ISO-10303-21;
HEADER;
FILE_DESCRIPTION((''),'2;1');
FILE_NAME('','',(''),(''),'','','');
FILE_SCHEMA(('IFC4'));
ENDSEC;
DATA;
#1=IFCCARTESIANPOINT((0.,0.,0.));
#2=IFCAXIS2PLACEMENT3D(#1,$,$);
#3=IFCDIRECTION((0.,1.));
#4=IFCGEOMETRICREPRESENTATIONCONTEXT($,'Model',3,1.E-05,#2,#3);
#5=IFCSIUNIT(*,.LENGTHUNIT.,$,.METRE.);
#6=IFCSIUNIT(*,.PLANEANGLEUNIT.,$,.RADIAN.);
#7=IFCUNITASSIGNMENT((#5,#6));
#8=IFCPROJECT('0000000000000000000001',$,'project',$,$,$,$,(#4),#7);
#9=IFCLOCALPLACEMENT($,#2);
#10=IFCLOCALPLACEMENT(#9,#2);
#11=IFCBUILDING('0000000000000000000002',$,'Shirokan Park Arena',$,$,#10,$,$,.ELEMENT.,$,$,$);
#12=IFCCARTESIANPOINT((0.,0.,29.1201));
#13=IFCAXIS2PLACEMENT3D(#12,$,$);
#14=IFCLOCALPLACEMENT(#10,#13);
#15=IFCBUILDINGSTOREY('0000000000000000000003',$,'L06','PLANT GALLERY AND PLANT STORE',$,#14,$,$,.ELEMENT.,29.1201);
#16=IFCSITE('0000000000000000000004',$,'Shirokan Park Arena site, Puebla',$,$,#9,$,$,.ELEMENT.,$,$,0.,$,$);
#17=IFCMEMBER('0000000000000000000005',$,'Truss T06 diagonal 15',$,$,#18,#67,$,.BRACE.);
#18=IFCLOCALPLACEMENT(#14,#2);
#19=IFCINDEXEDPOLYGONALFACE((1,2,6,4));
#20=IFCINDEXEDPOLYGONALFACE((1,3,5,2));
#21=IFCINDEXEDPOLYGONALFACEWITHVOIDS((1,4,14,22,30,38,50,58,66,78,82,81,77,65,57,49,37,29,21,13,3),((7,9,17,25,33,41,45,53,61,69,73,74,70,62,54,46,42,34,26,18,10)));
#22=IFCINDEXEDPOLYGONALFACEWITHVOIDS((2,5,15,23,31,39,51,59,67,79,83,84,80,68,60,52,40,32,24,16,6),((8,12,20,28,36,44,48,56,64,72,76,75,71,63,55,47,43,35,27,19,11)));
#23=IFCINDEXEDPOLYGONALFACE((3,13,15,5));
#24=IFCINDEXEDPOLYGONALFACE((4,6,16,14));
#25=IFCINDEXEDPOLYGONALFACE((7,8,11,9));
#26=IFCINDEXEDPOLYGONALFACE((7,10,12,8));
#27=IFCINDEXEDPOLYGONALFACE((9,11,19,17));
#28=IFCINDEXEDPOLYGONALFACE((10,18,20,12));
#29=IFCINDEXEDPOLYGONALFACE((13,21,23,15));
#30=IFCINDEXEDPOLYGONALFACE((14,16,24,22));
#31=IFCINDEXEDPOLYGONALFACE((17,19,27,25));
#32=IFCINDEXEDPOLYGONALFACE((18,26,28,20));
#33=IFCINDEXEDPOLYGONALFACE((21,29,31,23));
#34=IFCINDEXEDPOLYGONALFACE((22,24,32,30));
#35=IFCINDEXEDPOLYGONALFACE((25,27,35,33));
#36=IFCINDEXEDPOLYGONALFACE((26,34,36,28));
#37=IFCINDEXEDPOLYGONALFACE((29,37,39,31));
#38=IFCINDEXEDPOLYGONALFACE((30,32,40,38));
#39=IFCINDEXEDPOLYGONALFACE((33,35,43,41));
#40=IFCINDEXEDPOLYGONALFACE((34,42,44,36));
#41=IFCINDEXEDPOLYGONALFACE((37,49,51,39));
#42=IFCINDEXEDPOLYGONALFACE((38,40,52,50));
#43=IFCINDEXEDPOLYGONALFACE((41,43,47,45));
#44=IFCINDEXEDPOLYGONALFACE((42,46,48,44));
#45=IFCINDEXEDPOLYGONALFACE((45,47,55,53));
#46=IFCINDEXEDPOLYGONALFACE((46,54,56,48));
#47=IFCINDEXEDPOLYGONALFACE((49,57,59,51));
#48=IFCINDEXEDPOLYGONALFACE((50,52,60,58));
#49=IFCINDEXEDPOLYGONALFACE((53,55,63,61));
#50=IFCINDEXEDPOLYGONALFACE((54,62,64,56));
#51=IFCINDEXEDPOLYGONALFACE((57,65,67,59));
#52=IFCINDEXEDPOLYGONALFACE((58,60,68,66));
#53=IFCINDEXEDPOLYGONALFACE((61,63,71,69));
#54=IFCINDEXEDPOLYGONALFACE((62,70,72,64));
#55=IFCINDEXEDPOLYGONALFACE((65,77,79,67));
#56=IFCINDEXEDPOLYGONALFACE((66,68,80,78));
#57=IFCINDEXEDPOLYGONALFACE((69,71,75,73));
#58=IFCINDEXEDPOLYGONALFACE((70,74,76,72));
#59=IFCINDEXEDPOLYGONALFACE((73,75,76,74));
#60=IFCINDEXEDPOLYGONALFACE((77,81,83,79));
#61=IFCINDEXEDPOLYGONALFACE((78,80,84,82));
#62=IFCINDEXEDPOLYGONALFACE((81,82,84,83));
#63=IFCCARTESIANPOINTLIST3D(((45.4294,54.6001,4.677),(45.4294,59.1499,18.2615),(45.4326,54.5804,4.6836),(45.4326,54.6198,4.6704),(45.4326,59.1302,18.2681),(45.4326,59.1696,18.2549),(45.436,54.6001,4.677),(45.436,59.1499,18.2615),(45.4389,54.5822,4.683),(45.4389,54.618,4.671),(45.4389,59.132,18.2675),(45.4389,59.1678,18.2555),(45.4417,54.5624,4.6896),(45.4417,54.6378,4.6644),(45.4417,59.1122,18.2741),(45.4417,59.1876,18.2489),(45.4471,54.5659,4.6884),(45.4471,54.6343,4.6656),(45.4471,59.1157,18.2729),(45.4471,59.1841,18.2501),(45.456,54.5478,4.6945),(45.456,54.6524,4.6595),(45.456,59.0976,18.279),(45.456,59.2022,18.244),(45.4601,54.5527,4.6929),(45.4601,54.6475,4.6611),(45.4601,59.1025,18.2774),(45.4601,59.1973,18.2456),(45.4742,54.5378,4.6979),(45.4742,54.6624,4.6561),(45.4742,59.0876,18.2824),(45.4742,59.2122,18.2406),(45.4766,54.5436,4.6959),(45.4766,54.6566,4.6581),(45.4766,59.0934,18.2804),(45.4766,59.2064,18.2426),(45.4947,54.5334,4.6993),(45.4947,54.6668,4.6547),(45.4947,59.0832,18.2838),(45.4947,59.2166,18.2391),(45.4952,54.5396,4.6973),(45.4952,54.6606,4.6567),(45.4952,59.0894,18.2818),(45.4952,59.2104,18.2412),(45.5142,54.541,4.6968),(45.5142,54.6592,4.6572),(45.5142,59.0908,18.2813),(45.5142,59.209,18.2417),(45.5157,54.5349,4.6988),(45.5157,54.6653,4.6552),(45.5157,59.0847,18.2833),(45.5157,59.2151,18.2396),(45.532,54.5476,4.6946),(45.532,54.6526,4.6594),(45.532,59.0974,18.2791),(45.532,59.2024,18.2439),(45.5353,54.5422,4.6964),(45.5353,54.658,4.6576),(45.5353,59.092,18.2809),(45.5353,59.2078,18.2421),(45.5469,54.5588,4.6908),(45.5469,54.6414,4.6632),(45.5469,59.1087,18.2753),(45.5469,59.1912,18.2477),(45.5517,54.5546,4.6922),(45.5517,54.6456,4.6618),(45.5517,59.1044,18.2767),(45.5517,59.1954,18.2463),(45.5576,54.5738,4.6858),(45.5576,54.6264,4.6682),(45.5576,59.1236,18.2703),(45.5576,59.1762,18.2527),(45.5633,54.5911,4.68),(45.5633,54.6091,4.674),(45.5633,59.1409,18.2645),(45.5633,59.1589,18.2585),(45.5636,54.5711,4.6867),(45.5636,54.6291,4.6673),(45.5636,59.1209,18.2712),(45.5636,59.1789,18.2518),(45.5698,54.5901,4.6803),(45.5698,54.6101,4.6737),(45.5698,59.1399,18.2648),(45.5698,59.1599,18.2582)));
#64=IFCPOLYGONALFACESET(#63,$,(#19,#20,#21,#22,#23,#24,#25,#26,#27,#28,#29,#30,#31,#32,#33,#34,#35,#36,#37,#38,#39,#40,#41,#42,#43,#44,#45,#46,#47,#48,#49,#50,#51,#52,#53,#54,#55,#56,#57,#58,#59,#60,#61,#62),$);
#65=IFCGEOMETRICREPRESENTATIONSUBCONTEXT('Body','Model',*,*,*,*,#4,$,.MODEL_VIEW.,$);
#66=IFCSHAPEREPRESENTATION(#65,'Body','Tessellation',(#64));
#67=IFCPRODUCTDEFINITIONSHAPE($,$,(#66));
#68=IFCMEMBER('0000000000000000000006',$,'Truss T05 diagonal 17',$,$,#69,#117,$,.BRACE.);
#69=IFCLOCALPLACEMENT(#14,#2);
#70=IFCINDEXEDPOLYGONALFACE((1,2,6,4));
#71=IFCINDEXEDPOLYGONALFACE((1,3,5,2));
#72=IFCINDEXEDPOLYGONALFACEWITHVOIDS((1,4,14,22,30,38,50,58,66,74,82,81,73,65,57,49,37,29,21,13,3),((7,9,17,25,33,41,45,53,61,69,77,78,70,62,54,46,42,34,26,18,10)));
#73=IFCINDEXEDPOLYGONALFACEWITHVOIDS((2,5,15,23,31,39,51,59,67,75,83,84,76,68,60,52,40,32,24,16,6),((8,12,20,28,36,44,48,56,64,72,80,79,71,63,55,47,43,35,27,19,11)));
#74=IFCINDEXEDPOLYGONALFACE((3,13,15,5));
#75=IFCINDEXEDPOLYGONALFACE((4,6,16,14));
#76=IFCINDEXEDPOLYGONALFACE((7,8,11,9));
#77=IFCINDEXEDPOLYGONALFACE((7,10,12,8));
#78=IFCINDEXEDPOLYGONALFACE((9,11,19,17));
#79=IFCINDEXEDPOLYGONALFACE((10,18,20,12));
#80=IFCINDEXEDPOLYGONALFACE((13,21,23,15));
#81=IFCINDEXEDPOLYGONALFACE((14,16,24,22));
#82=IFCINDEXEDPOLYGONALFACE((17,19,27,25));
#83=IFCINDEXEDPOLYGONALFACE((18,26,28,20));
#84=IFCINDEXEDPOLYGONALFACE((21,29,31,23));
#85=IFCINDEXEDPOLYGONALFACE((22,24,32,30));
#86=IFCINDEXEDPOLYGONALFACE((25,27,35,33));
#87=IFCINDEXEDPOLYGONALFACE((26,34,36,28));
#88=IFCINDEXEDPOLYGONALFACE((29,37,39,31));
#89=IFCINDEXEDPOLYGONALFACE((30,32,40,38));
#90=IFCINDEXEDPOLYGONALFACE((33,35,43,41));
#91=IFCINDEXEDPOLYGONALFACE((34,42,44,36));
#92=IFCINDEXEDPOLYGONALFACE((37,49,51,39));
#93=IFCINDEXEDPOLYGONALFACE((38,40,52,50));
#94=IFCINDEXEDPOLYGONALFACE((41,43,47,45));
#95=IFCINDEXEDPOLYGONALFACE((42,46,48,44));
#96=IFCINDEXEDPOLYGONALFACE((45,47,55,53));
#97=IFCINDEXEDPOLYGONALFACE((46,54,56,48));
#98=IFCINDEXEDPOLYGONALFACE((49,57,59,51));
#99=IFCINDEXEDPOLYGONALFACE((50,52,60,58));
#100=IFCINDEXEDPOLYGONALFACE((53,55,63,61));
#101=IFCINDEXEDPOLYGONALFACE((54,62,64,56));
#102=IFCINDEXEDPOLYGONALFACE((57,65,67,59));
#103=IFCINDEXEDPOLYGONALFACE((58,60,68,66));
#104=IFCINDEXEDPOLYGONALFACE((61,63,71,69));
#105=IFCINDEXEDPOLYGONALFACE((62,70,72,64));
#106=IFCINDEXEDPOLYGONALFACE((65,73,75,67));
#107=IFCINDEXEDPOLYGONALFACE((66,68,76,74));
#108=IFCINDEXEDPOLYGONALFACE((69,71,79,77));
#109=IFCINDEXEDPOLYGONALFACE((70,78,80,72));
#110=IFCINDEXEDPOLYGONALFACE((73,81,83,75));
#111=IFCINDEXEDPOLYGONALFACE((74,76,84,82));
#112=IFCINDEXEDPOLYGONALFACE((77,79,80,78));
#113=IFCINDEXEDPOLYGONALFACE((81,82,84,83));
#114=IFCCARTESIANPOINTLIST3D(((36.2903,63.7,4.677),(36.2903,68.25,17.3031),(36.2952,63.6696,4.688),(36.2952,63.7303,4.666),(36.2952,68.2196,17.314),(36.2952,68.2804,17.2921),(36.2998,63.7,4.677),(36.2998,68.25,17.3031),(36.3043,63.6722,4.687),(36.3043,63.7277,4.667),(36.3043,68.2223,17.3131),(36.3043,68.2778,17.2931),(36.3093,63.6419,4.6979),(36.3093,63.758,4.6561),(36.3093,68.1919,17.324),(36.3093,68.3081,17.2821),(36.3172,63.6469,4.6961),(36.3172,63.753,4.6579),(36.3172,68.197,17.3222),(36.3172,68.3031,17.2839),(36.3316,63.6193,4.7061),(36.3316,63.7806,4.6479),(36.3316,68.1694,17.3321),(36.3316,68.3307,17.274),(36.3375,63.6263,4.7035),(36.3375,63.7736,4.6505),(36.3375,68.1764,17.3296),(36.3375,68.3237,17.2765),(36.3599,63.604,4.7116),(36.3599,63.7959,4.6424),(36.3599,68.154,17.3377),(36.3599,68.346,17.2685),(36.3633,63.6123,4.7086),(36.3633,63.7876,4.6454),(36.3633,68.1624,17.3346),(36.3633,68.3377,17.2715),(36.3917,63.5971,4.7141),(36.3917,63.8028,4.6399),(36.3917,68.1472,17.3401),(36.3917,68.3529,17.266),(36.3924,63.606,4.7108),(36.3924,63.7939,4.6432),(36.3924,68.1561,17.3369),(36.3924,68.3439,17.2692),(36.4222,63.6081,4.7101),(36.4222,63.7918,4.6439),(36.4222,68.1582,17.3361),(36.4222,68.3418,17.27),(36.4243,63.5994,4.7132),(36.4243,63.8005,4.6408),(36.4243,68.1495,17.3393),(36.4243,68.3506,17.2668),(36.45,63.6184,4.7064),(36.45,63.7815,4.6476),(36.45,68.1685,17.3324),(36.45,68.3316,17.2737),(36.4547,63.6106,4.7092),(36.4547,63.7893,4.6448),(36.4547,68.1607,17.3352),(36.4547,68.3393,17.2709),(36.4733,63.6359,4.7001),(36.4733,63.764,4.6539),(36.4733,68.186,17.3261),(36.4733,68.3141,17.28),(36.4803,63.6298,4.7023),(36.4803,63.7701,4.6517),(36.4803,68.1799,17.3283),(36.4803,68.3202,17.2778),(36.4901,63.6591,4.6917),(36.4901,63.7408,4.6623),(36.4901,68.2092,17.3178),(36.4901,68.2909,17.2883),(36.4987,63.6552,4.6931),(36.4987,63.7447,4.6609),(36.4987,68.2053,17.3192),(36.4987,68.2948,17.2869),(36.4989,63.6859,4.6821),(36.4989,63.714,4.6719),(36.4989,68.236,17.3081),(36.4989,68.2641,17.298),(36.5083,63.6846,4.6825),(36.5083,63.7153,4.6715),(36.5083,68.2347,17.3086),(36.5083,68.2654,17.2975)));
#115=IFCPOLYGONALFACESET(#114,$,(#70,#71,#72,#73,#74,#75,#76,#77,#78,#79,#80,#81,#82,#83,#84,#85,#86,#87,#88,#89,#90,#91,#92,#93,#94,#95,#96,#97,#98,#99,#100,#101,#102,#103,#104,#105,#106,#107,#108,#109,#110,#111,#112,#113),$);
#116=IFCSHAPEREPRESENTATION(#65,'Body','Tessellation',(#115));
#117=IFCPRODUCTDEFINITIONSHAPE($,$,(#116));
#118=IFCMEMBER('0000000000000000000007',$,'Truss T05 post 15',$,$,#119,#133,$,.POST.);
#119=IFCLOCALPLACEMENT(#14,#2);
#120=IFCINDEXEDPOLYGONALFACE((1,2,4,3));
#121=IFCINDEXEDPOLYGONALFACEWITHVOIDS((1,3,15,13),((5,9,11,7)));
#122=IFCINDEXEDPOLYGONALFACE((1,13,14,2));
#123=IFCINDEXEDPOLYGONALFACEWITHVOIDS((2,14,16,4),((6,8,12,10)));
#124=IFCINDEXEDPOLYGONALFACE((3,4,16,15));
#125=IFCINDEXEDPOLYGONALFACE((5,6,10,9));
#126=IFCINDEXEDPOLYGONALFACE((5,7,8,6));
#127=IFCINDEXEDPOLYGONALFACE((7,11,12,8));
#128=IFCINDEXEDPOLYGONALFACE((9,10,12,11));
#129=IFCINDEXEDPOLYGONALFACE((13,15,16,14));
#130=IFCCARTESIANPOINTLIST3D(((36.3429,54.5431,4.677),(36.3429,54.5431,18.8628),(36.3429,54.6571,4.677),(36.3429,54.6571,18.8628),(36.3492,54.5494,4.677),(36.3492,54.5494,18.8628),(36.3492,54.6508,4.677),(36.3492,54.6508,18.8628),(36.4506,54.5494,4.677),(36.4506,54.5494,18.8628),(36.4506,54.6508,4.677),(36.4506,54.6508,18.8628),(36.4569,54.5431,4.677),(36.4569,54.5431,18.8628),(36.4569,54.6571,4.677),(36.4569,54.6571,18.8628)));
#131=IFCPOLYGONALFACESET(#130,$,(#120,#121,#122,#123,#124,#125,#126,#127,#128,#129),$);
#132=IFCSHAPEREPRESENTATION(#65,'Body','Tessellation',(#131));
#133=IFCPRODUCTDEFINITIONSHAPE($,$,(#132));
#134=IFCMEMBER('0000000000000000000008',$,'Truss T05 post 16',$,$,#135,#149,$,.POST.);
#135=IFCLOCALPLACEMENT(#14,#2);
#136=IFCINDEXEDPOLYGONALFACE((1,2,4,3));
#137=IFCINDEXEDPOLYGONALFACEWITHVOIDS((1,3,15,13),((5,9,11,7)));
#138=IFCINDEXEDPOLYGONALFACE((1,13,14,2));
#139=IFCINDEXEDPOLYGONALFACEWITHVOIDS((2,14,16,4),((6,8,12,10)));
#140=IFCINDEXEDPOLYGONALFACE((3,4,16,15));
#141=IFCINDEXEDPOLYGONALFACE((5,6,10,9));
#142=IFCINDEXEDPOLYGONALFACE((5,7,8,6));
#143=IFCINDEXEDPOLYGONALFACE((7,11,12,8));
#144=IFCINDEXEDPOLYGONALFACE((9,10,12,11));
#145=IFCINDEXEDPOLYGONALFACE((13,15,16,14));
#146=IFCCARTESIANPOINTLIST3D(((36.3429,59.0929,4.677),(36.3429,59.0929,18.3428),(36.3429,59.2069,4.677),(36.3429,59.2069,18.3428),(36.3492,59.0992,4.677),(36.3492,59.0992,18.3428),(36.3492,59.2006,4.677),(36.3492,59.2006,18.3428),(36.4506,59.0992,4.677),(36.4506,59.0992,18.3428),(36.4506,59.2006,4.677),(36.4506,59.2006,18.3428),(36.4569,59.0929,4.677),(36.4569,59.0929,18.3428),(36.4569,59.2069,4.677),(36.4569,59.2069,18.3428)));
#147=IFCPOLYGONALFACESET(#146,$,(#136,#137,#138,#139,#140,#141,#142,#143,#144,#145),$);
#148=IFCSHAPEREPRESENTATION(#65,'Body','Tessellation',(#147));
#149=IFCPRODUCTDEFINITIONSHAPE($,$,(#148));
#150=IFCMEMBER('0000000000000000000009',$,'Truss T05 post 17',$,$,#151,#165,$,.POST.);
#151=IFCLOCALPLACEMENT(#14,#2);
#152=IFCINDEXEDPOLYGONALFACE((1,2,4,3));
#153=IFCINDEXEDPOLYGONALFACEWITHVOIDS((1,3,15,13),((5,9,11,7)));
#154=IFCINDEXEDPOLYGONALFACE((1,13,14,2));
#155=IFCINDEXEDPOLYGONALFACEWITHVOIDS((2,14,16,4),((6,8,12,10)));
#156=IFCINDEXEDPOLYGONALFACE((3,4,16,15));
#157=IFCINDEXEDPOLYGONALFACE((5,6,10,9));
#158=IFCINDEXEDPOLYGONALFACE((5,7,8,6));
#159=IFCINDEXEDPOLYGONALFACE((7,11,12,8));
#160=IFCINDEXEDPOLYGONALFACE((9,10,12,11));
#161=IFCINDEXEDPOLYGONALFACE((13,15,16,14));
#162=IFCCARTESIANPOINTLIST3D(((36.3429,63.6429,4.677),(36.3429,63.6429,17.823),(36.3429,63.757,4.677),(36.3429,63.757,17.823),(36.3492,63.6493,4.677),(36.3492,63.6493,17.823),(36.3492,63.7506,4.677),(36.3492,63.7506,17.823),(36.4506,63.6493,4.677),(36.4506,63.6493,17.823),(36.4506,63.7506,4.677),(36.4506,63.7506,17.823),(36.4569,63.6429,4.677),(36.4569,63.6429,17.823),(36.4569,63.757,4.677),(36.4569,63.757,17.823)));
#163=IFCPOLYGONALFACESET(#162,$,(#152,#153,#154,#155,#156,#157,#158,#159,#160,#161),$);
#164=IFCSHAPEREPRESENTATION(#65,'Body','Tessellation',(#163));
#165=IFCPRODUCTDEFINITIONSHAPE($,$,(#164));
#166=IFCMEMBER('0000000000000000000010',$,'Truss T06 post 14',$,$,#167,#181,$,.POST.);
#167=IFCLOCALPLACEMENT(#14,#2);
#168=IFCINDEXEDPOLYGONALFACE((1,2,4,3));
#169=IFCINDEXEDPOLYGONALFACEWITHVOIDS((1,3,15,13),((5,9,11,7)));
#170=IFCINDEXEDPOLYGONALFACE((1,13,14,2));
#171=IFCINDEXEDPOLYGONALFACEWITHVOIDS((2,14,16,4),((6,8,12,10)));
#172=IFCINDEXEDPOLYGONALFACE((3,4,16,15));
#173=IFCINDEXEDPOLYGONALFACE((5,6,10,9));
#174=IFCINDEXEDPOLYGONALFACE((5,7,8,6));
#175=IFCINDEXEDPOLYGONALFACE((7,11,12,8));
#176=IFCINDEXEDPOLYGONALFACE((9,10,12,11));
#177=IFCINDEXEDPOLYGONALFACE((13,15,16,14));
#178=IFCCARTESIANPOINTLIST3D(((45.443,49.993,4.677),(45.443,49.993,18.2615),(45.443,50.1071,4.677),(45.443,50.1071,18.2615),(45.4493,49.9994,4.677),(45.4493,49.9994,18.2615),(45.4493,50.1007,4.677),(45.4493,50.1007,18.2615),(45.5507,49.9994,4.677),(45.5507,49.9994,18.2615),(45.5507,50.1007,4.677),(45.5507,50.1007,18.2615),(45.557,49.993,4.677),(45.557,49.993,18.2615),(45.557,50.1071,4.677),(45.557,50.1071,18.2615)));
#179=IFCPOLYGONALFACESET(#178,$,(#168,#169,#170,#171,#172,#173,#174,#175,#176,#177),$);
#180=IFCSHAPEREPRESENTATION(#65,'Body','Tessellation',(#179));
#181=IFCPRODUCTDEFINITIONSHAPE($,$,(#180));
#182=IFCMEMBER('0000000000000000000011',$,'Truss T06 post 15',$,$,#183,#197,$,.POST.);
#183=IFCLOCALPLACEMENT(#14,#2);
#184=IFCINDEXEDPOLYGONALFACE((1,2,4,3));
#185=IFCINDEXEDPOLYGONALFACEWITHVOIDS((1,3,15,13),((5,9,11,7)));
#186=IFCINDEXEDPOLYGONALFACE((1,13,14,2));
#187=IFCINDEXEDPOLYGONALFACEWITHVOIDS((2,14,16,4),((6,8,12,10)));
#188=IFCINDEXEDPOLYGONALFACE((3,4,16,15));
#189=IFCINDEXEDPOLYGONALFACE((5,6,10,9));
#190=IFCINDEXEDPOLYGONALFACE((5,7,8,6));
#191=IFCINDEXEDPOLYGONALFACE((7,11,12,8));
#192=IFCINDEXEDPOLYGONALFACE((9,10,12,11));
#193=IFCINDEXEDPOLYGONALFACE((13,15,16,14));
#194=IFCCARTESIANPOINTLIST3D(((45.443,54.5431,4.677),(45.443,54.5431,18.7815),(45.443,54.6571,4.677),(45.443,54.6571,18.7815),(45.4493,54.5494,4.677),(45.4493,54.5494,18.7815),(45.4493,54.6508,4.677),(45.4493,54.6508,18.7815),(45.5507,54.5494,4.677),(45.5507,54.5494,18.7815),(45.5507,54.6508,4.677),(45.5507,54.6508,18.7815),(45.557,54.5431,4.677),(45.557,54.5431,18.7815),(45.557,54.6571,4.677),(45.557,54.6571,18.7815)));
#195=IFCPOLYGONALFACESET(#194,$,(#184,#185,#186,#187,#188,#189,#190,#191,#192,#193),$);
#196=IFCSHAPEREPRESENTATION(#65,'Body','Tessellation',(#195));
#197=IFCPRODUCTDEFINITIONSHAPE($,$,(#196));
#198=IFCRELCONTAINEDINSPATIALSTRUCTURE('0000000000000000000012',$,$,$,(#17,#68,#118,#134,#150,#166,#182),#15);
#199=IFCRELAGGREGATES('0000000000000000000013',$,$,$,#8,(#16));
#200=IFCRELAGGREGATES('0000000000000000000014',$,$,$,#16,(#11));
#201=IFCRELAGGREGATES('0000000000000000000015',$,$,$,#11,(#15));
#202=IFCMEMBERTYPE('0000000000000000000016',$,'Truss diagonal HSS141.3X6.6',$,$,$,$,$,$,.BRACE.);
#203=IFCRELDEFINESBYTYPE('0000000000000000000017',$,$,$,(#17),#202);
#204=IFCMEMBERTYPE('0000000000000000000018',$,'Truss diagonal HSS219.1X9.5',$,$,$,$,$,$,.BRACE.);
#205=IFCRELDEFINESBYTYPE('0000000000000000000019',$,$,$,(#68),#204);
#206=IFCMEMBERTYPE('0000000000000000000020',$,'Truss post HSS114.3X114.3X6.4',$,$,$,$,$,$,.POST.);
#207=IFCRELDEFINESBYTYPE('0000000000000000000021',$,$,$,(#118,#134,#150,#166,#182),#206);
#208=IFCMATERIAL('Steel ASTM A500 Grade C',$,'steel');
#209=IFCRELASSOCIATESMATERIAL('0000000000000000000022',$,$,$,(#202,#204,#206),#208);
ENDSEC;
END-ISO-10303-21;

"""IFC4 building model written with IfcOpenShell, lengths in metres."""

from ifc_helpers import new_model, si_unit, direction, frame, origin, origin_2d, place, context, subcontext, project, spatial, hollow_rectangle, hollow_circle, extrude, material, material_profile, profile_set, type_object, element, save


model = new_model("IFC4")

# Units and contexts
model_context = context("Model", 3, precision=1e-05, world=origin(), true_north=direction((0.0, 1.0)))
body_context = subcontext(model_context, "Body", "Model", "MODEL_VIEW")
ifc_project = project(units=[si_unit("LENGTHUNIT", "METRE"), si_unit("PLANEANGLEUNIT", "RADIAN")], contexts=[model_context])

# Site, building, storey
site_placement = place(None, origin())
site = spatial("IfcSite", under=ifc_project, at=site_placement, Name="Shirokan Park Arena site, Puebla", CompositionType="ELEMENT", RefElevation=0.0)
building_placement = place(site_placement, origin())
building = spatial("IfcBuilding", under=site, at=building_placement, Name="Shirokan Park Arena", CompositionType="ELEMENT")
storey_placement = place(building_placement, frame((0.0, 0.0, 29.1201)))
storey = spatial("IfcBuildingStorey", under=building, at=storey_placement, Name="L06", Description="PLANT GALLERY AND PLANT STORE", CompositionType="ELEMENT", Elevation=29.1201)

# Members
ifc_material_1 = material(Name="Steel ASTM A500 Grade C", Category="steel")
ifc_material_profile_1 = material_profile(ifc_material_1, hollow_circle(Radius=0.0706, WallThickness=0.0066, at=origin_2d()), Name="HSS141.3X6.6")
ifc_profile_set_1 = profile_set([ifc_material_profile_1], Name="Steel ASTM A500 Grade C")
member_type_1 = type_object("IfcMemberType", Name="Truss diagonal HSS141.3X6.6", PredefinedType="BRACE", material=ifc_profile_set_1)
member_1_placement = place(storey_placement, frame((45.5, 54.6001, 4.677), z_axis=(0.0, 0.317587, 0.948229), x_axis=(-1.0, 0.0, 0.0)))
element("IfcMember", 1, at=member_1_placement, inside=storey, type_object=member_type_1, Name="Truss T06 diagonal 15", PredefinedType="BRACE", context=body_context, shape_type="SweptSolid", body=[
    extrude(hollow_circle(Radius=0.0706, WallThickness=0.0066, at=origin_2d()), origin(), (0.0, 0.0, 1.0), 14.3262),
])
ifc_material_profile_2 = material_profile(ifc_material_1, hollow_circle(Radius=0.1096, WallThickness=0.0095, at=origin_2d()), Name="HSS219.1X9.5")
ifc_profile_set_2 = profile_set([ifc_material_profile_2], Name="Steel ASTM A500 Grade C")
member_type_2 = type_object("IfcMemberType", Name="Truss diagonal HSS219.1X9.5", PredefinedType="BRACE", material=ifc_profile_set_2)
member_2_placement = place(storey_placement, frame((36.3999, 63.7, 4.677), z_axis=(0.0, 0.339029, 0.940776), x_axis=(-1.0, 0.0, 0.0)))
element("IfcMember", 2, at=member_2_placement, inside=storey, type_object=member_type_2, Name="Truss T05 diagonal 17", PredefinedType="BRACE", context=body_context, shape_type="SweptSolid", body=[
    extrude(hollow_circle(Radius=0.1096, WallThickness=0.0095, at=origin_2d()), origin(), (0.0, 0.0, 1.0), 13.4209),
])
ifc_material_profile_3 = material_profile(ifc_material_1, hollow_rectangle(XDim=0.114, YDim=0.114, WallThickness=0.0063, at=origin_2d()), Name="HSS114.3X114.3X6.4")
ifc_profile_set_3 = profile_set([ifc_material_profile_3], Name="Steel ASTM A500 Grade C")
member_type_3 = type_object("IfcMemberType", Name="Truss post HSS114.3X114.3X6.4", PredefinedType="POST", material=ifc_profile_set_3)
member_3_placement = place(storey_placement, frame((36.3999, 54.6001, 4.677), z_axis=(0.0, 0.0, 1.0), x_axis=(1.0, 0.0, 0.0)))
element("IfcMember", 3, at=member_3_placement, inside=storey, type_object=member_type_3, Name="Truss T05 post 15", PredefinedType="POST", context=body_context, shape_type="SweptSolid", body=[
    extrude(hollow_rectangle(XDim=0.114, YDim=0.114, WallThickness=0.0063, at=origin_2d()), origin(), (0.0, 0.0, 1.0), 14.1858),
])
member_4_placement = place(storey_placement, frame((36.3999, 59.1499, 4.677), z_axis=(0.0, 0.0, 1.0), x_axis=(1.0, 0.0, 0.0)))
element("IfcMember", 4, at=member_4_placement, inside=storey, type_object=member_type_3, Name="Truss T05 post 16", PredefinedType="POST", context=body_context, shape_type="SweptSolid", body=[
    extrude(hollow_rectangle(XDim=0.114, YDim=0.114, WallThickness=0.0063, at=origin_2d()), origin(), (0.0, 0.0, 1.0), 13.6658),
])
member_5_placement = place(storey_placement, frame((36.3999, 63.7, 4.677), z_axis=(0.0, 0.0, 1.0), x_axis=(1.0, 0.0, 0.0)))
element("IfcMember", 5, at=member_5_placement, inside=storey, type_object=member_type_3, Name="Truss T05 post 17", PredefinedType="POST", context=body_context, shape_type="SweptSolid", body=[
    extrude(hollow_rectangle(XDim=0.114, YDim=0.114, WallThickness=0.0063, at=origin_2d()), origin(), (0.0, 0.0, 1.0), 13.146),
])
member_6_placement = place(storey_placement, frame((45.5, 50.05, 4.677), z_axis=(0.0, 0.0, 1.0), x_axis=(1.0, 0.0, 0.0)))
element("IfcMember", 6, at=member_6_placement, inside=storey, type_object=member_type_3, Name="Truss T06 post 14", PredefinedType="POST", context=body_context, shape_type="SweptSolid", body=[
    extrude(hollow_rectangle(XDim=0.114, YDim=0.114, WallThickness=0.0063, at=origin_2d()), origin(), (0.0, 0.0, 1.0), 13.5845),
])
member_7_placement = place(storey_placement, frame((45.5, 54.6001, 4.677), z_axis=(0.0, 0.0, 1.0), x_axis=(1.0, 0.0, 0.0)))
element("IfcMember", 7, at=member_7_placement, inside=storey, type_object=member_type_3, Name="Truss T06 post 15", PredefinedType="POST", context=body_context, shape_type="SweptSolid", body=[
    extrude(hollow_rectangle(XDim=0.114, YDim=0.114, WallThickness=0.0063, at=origin_2d()), origin(), (0.0, 0.0, 1.0), 14.1045),
])

save(model, "model.ifc")
